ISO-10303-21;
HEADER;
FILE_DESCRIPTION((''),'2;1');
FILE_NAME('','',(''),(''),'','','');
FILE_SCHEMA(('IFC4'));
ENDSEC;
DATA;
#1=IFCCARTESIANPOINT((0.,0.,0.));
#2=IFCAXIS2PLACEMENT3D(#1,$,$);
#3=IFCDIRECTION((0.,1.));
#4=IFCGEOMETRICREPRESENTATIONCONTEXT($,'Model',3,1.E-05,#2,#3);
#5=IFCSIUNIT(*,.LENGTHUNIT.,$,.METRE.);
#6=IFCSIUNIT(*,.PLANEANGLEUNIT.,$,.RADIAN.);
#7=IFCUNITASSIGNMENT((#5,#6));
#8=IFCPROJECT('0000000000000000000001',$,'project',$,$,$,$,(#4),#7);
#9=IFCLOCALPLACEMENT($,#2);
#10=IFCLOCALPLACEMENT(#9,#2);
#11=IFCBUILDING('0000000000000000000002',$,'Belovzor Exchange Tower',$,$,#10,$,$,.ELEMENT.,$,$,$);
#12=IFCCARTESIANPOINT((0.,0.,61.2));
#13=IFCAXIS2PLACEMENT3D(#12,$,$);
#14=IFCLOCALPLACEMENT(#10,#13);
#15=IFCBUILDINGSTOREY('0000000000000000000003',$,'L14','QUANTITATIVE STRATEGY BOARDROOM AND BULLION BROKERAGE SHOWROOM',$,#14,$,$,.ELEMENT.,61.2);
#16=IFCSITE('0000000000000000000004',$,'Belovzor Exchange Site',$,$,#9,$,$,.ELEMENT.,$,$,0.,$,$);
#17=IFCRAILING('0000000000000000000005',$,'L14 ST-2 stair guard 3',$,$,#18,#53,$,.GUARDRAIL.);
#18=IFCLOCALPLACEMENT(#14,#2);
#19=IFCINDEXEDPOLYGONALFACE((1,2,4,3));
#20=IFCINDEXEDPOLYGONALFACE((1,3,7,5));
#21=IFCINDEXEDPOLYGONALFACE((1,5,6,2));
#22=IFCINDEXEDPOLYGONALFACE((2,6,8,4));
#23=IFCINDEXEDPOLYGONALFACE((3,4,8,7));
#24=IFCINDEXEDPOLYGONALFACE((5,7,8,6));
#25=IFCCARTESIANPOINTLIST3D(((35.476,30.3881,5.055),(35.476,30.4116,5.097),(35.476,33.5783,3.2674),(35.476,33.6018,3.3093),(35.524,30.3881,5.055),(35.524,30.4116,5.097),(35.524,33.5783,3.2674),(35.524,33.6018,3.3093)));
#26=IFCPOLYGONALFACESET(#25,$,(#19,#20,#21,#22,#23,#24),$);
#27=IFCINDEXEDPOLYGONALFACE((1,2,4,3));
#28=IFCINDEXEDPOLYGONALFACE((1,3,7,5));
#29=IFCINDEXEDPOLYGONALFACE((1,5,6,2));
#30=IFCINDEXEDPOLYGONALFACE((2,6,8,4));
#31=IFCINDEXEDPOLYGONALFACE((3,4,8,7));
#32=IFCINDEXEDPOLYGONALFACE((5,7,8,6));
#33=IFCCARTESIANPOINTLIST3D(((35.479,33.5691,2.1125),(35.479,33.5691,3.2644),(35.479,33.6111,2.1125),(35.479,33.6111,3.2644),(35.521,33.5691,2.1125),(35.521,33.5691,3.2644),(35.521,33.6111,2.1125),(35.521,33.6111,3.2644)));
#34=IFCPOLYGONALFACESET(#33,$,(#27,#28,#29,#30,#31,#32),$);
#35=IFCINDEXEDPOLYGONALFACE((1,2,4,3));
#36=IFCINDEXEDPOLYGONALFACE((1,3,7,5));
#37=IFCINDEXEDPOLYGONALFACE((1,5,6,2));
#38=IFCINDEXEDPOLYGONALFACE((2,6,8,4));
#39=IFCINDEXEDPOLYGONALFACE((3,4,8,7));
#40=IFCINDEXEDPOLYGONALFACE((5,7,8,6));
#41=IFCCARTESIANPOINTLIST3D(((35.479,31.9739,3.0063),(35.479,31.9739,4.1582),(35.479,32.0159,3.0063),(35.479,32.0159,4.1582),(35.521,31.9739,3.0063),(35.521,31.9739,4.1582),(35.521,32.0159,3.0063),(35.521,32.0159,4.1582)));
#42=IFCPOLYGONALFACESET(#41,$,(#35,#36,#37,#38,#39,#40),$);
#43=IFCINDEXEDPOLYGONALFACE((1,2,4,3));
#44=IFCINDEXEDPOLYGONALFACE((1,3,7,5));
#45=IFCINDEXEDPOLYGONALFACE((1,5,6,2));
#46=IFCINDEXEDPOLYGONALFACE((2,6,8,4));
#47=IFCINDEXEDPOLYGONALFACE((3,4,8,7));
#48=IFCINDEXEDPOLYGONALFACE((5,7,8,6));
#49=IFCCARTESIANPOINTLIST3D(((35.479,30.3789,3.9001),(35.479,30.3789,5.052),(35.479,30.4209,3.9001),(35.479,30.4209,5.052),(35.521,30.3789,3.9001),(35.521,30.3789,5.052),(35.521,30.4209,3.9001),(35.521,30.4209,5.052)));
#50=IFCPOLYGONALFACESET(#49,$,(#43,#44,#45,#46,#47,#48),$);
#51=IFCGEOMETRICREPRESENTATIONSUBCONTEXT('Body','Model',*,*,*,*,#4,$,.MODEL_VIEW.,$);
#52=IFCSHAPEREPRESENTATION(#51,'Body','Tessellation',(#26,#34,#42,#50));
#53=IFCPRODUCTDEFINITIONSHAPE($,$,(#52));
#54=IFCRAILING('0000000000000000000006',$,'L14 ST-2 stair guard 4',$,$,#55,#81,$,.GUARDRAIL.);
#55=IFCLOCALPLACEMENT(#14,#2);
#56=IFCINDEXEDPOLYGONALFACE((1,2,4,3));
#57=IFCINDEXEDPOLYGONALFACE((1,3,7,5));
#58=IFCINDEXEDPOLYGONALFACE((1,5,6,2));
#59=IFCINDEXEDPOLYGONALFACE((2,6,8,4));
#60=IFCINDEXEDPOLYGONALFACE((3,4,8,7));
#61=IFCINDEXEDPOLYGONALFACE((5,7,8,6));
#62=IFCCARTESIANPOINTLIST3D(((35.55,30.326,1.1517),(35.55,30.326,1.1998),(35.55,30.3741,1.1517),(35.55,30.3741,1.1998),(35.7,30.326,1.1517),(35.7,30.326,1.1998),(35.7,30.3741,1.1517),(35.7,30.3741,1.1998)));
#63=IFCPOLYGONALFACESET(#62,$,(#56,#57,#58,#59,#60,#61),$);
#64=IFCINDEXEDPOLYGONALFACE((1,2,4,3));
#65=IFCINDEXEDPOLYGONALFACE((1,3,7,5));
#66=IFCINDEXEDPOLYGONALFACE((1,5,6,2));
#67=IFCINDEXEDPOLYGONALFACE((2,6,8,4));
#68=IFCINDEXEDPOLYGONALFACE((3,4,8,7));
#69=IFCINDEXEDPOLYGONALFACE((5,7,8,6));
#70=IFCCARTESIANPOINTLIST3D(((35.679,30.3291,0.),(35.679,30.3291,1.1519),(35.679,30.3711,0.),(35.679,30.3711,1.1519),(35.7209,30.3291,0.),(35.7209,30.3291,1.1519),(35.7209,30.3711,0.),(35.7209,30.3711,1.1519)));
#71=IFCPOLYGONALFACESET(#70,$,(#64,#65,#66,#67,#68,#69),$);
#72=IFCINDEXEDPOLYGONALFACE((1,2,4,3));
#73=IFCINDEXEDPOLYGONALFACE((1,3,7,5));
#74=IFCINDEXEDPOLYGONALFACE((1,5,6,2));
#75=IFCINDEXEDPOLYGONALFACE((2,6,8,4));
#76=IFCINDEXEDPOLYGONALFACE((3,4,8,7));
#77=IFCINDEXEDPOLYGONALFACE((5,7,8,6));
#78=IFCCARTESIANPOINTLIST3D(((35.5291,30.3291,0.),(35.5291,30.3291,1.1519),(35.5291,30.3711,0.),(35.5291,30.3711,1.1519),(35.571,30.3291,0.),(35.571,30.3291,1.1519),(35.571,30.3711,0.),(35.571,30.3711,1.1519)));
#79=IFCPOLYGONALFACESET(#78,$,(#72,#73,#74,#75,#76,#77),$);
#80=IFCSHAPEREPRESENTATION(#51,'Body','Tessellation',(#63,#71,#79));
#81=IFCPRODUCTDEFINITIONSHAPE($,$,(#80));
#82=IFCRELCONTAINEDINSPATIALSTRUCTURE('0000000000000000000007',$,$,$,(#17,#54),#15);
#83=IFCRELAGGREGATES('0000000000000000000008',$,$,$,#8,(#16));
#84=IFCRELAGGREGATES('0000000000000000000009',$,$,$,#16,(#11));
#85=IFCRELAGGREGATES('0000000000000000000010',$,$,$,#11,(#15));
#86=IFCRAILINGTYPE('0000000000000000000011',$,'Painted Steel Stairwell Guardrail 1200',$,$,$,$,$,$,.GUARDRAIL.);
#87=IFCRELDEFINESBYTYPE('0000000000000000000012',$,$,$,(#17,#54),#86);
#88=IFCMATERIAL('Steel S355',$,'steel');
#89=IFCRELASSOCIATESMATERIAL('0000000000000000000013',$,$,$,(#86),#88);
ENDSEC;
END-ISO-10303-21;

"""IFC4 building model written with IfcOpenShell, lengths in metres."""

from ifc_helpers import new_model, si_unit, direction, frame, origin, origin_2d, place, context, subcontext, project, spatial, rectangle, extrude, material, type_object, element, save


model = new_model("IFC4")

# Units and contexts
model_context = context("Model", 3, precision=1e-05, world=origin(), true_north=direction((0.0, 1.0)))
body_context = subcontext(model_context, "Body", "Model", "MODEL_VIEW")
ifc_project = project(units=[si_unit("LENGTHUNIT", "METRE"), si_unit("PLANEANGLEUNIT", "RADIAN")], contexts=[model_context])

# Site, building, storey
site_placement = place(None, origin())
site = spatial("IfcSite", under=ifc_project, at=site_placement, Name="Belovzor Exchange Site", CompositionType="ELEMENT", RefElevation=0.0)
building_placement = place(site_placement, origin())
building = spatial("IfcBuilding", under=site, at=building_placement, Name="Belovzor Exchange Tower", CompositionType="ELEMENT")
storey_placement = place(building_placement, frame((0.0, 0.0, 61.2)))
storey = spatial("IfcBuildingStorey", under=building, at=storey_placement, Name="L14", Description="QUANTITATIVE STRATEGY BOARDROOM AND BULLION BROKERAGE SHOWROOM", CompositionType="ELEMENT", Elevation=61.2)

# Railings
ifc_material_1 = material(Name="Steel S355", Category="steel")
railing_type_1 = type_object("IfcRailingType", Name="Painted Steel Stairwell Guardrail 1200", PredefinedType="GUARDRAIL", material=ifc_material_1)
railing_1_placement = place(storey_placement, frame((35.5, 33.5901, 2.1125)))
element("IfcRailing", 1, at=railing_1_placement, inside=storey, type_object=railing_type_1, Name="L14 ST-2 stair guard 3", PredefinedType="GUARDRAIL", context=body_context, shape_type="SweptSolid", body=[
    extrude(rectangle(XDim=0.0481, YDim=0.0481, at=origin_2d()), frame((0.0, 0.0, 1.1758), z_axis=(0.0, -0.872378, 0.488831), x_axis=(1.0, 0.0, 0.0)), (0.0, 0.0, 1.0), 3.657),
    extrude(rectangle(XDim=0.042, YDim=0.042, at=origin_2d()), origin(), (0.0, 0.0, 1.0), 1.1519),
    extrude(rectangle(XDim=0.042, YDim=0.042, at=origin_2d()), frame((0.0, -1.5952, 0.8938)), (0.0, 0.0, 1.0), 1.1519),
    extrude(rectangle(XDim=0.042, YDim=0.042, at=origin_2d()), frame((0.0, -3.1902, 1.7876)), (0.0, 0.0, 1.0), 1.1519),
])
railing_2_placement = place(storey_placement, frame((35.7, 30.3501, 0.0)))
element("IfcRailing", 2, at=railing_2_placement, inside=storey, type_object=railing_type_1, Name="L14 ST-2 stair guard 4", PredefinedType="GUARDRAIL", context=body_context, shape_type="SweptSolid", body=[
    extrude(rectangle(XDim=0.0481, YDim=0.0481, at=origin_2d()), frame((0.0, 0.0, 1.1758), z_axis=(-1.0, 0.0, 0.0), x_axis=(0.0, -1.0, 0.0)), (0.0, 0.0, 1.0), 0.1499),
    extrude(rectangle(XDim=0.042, YDim=0.042, at=origin_2d()), origin(), (0.0, 0.0, 1.0), 1.1519),
    extrude(rectangle(XDim=0.042, YDim=0.042, at=origin_2d()), frame((-0.1499, 0.0, 0.0)), (0.0, 0.0, 1.0), 1.1519),
])

save(model, "model.ifc")
